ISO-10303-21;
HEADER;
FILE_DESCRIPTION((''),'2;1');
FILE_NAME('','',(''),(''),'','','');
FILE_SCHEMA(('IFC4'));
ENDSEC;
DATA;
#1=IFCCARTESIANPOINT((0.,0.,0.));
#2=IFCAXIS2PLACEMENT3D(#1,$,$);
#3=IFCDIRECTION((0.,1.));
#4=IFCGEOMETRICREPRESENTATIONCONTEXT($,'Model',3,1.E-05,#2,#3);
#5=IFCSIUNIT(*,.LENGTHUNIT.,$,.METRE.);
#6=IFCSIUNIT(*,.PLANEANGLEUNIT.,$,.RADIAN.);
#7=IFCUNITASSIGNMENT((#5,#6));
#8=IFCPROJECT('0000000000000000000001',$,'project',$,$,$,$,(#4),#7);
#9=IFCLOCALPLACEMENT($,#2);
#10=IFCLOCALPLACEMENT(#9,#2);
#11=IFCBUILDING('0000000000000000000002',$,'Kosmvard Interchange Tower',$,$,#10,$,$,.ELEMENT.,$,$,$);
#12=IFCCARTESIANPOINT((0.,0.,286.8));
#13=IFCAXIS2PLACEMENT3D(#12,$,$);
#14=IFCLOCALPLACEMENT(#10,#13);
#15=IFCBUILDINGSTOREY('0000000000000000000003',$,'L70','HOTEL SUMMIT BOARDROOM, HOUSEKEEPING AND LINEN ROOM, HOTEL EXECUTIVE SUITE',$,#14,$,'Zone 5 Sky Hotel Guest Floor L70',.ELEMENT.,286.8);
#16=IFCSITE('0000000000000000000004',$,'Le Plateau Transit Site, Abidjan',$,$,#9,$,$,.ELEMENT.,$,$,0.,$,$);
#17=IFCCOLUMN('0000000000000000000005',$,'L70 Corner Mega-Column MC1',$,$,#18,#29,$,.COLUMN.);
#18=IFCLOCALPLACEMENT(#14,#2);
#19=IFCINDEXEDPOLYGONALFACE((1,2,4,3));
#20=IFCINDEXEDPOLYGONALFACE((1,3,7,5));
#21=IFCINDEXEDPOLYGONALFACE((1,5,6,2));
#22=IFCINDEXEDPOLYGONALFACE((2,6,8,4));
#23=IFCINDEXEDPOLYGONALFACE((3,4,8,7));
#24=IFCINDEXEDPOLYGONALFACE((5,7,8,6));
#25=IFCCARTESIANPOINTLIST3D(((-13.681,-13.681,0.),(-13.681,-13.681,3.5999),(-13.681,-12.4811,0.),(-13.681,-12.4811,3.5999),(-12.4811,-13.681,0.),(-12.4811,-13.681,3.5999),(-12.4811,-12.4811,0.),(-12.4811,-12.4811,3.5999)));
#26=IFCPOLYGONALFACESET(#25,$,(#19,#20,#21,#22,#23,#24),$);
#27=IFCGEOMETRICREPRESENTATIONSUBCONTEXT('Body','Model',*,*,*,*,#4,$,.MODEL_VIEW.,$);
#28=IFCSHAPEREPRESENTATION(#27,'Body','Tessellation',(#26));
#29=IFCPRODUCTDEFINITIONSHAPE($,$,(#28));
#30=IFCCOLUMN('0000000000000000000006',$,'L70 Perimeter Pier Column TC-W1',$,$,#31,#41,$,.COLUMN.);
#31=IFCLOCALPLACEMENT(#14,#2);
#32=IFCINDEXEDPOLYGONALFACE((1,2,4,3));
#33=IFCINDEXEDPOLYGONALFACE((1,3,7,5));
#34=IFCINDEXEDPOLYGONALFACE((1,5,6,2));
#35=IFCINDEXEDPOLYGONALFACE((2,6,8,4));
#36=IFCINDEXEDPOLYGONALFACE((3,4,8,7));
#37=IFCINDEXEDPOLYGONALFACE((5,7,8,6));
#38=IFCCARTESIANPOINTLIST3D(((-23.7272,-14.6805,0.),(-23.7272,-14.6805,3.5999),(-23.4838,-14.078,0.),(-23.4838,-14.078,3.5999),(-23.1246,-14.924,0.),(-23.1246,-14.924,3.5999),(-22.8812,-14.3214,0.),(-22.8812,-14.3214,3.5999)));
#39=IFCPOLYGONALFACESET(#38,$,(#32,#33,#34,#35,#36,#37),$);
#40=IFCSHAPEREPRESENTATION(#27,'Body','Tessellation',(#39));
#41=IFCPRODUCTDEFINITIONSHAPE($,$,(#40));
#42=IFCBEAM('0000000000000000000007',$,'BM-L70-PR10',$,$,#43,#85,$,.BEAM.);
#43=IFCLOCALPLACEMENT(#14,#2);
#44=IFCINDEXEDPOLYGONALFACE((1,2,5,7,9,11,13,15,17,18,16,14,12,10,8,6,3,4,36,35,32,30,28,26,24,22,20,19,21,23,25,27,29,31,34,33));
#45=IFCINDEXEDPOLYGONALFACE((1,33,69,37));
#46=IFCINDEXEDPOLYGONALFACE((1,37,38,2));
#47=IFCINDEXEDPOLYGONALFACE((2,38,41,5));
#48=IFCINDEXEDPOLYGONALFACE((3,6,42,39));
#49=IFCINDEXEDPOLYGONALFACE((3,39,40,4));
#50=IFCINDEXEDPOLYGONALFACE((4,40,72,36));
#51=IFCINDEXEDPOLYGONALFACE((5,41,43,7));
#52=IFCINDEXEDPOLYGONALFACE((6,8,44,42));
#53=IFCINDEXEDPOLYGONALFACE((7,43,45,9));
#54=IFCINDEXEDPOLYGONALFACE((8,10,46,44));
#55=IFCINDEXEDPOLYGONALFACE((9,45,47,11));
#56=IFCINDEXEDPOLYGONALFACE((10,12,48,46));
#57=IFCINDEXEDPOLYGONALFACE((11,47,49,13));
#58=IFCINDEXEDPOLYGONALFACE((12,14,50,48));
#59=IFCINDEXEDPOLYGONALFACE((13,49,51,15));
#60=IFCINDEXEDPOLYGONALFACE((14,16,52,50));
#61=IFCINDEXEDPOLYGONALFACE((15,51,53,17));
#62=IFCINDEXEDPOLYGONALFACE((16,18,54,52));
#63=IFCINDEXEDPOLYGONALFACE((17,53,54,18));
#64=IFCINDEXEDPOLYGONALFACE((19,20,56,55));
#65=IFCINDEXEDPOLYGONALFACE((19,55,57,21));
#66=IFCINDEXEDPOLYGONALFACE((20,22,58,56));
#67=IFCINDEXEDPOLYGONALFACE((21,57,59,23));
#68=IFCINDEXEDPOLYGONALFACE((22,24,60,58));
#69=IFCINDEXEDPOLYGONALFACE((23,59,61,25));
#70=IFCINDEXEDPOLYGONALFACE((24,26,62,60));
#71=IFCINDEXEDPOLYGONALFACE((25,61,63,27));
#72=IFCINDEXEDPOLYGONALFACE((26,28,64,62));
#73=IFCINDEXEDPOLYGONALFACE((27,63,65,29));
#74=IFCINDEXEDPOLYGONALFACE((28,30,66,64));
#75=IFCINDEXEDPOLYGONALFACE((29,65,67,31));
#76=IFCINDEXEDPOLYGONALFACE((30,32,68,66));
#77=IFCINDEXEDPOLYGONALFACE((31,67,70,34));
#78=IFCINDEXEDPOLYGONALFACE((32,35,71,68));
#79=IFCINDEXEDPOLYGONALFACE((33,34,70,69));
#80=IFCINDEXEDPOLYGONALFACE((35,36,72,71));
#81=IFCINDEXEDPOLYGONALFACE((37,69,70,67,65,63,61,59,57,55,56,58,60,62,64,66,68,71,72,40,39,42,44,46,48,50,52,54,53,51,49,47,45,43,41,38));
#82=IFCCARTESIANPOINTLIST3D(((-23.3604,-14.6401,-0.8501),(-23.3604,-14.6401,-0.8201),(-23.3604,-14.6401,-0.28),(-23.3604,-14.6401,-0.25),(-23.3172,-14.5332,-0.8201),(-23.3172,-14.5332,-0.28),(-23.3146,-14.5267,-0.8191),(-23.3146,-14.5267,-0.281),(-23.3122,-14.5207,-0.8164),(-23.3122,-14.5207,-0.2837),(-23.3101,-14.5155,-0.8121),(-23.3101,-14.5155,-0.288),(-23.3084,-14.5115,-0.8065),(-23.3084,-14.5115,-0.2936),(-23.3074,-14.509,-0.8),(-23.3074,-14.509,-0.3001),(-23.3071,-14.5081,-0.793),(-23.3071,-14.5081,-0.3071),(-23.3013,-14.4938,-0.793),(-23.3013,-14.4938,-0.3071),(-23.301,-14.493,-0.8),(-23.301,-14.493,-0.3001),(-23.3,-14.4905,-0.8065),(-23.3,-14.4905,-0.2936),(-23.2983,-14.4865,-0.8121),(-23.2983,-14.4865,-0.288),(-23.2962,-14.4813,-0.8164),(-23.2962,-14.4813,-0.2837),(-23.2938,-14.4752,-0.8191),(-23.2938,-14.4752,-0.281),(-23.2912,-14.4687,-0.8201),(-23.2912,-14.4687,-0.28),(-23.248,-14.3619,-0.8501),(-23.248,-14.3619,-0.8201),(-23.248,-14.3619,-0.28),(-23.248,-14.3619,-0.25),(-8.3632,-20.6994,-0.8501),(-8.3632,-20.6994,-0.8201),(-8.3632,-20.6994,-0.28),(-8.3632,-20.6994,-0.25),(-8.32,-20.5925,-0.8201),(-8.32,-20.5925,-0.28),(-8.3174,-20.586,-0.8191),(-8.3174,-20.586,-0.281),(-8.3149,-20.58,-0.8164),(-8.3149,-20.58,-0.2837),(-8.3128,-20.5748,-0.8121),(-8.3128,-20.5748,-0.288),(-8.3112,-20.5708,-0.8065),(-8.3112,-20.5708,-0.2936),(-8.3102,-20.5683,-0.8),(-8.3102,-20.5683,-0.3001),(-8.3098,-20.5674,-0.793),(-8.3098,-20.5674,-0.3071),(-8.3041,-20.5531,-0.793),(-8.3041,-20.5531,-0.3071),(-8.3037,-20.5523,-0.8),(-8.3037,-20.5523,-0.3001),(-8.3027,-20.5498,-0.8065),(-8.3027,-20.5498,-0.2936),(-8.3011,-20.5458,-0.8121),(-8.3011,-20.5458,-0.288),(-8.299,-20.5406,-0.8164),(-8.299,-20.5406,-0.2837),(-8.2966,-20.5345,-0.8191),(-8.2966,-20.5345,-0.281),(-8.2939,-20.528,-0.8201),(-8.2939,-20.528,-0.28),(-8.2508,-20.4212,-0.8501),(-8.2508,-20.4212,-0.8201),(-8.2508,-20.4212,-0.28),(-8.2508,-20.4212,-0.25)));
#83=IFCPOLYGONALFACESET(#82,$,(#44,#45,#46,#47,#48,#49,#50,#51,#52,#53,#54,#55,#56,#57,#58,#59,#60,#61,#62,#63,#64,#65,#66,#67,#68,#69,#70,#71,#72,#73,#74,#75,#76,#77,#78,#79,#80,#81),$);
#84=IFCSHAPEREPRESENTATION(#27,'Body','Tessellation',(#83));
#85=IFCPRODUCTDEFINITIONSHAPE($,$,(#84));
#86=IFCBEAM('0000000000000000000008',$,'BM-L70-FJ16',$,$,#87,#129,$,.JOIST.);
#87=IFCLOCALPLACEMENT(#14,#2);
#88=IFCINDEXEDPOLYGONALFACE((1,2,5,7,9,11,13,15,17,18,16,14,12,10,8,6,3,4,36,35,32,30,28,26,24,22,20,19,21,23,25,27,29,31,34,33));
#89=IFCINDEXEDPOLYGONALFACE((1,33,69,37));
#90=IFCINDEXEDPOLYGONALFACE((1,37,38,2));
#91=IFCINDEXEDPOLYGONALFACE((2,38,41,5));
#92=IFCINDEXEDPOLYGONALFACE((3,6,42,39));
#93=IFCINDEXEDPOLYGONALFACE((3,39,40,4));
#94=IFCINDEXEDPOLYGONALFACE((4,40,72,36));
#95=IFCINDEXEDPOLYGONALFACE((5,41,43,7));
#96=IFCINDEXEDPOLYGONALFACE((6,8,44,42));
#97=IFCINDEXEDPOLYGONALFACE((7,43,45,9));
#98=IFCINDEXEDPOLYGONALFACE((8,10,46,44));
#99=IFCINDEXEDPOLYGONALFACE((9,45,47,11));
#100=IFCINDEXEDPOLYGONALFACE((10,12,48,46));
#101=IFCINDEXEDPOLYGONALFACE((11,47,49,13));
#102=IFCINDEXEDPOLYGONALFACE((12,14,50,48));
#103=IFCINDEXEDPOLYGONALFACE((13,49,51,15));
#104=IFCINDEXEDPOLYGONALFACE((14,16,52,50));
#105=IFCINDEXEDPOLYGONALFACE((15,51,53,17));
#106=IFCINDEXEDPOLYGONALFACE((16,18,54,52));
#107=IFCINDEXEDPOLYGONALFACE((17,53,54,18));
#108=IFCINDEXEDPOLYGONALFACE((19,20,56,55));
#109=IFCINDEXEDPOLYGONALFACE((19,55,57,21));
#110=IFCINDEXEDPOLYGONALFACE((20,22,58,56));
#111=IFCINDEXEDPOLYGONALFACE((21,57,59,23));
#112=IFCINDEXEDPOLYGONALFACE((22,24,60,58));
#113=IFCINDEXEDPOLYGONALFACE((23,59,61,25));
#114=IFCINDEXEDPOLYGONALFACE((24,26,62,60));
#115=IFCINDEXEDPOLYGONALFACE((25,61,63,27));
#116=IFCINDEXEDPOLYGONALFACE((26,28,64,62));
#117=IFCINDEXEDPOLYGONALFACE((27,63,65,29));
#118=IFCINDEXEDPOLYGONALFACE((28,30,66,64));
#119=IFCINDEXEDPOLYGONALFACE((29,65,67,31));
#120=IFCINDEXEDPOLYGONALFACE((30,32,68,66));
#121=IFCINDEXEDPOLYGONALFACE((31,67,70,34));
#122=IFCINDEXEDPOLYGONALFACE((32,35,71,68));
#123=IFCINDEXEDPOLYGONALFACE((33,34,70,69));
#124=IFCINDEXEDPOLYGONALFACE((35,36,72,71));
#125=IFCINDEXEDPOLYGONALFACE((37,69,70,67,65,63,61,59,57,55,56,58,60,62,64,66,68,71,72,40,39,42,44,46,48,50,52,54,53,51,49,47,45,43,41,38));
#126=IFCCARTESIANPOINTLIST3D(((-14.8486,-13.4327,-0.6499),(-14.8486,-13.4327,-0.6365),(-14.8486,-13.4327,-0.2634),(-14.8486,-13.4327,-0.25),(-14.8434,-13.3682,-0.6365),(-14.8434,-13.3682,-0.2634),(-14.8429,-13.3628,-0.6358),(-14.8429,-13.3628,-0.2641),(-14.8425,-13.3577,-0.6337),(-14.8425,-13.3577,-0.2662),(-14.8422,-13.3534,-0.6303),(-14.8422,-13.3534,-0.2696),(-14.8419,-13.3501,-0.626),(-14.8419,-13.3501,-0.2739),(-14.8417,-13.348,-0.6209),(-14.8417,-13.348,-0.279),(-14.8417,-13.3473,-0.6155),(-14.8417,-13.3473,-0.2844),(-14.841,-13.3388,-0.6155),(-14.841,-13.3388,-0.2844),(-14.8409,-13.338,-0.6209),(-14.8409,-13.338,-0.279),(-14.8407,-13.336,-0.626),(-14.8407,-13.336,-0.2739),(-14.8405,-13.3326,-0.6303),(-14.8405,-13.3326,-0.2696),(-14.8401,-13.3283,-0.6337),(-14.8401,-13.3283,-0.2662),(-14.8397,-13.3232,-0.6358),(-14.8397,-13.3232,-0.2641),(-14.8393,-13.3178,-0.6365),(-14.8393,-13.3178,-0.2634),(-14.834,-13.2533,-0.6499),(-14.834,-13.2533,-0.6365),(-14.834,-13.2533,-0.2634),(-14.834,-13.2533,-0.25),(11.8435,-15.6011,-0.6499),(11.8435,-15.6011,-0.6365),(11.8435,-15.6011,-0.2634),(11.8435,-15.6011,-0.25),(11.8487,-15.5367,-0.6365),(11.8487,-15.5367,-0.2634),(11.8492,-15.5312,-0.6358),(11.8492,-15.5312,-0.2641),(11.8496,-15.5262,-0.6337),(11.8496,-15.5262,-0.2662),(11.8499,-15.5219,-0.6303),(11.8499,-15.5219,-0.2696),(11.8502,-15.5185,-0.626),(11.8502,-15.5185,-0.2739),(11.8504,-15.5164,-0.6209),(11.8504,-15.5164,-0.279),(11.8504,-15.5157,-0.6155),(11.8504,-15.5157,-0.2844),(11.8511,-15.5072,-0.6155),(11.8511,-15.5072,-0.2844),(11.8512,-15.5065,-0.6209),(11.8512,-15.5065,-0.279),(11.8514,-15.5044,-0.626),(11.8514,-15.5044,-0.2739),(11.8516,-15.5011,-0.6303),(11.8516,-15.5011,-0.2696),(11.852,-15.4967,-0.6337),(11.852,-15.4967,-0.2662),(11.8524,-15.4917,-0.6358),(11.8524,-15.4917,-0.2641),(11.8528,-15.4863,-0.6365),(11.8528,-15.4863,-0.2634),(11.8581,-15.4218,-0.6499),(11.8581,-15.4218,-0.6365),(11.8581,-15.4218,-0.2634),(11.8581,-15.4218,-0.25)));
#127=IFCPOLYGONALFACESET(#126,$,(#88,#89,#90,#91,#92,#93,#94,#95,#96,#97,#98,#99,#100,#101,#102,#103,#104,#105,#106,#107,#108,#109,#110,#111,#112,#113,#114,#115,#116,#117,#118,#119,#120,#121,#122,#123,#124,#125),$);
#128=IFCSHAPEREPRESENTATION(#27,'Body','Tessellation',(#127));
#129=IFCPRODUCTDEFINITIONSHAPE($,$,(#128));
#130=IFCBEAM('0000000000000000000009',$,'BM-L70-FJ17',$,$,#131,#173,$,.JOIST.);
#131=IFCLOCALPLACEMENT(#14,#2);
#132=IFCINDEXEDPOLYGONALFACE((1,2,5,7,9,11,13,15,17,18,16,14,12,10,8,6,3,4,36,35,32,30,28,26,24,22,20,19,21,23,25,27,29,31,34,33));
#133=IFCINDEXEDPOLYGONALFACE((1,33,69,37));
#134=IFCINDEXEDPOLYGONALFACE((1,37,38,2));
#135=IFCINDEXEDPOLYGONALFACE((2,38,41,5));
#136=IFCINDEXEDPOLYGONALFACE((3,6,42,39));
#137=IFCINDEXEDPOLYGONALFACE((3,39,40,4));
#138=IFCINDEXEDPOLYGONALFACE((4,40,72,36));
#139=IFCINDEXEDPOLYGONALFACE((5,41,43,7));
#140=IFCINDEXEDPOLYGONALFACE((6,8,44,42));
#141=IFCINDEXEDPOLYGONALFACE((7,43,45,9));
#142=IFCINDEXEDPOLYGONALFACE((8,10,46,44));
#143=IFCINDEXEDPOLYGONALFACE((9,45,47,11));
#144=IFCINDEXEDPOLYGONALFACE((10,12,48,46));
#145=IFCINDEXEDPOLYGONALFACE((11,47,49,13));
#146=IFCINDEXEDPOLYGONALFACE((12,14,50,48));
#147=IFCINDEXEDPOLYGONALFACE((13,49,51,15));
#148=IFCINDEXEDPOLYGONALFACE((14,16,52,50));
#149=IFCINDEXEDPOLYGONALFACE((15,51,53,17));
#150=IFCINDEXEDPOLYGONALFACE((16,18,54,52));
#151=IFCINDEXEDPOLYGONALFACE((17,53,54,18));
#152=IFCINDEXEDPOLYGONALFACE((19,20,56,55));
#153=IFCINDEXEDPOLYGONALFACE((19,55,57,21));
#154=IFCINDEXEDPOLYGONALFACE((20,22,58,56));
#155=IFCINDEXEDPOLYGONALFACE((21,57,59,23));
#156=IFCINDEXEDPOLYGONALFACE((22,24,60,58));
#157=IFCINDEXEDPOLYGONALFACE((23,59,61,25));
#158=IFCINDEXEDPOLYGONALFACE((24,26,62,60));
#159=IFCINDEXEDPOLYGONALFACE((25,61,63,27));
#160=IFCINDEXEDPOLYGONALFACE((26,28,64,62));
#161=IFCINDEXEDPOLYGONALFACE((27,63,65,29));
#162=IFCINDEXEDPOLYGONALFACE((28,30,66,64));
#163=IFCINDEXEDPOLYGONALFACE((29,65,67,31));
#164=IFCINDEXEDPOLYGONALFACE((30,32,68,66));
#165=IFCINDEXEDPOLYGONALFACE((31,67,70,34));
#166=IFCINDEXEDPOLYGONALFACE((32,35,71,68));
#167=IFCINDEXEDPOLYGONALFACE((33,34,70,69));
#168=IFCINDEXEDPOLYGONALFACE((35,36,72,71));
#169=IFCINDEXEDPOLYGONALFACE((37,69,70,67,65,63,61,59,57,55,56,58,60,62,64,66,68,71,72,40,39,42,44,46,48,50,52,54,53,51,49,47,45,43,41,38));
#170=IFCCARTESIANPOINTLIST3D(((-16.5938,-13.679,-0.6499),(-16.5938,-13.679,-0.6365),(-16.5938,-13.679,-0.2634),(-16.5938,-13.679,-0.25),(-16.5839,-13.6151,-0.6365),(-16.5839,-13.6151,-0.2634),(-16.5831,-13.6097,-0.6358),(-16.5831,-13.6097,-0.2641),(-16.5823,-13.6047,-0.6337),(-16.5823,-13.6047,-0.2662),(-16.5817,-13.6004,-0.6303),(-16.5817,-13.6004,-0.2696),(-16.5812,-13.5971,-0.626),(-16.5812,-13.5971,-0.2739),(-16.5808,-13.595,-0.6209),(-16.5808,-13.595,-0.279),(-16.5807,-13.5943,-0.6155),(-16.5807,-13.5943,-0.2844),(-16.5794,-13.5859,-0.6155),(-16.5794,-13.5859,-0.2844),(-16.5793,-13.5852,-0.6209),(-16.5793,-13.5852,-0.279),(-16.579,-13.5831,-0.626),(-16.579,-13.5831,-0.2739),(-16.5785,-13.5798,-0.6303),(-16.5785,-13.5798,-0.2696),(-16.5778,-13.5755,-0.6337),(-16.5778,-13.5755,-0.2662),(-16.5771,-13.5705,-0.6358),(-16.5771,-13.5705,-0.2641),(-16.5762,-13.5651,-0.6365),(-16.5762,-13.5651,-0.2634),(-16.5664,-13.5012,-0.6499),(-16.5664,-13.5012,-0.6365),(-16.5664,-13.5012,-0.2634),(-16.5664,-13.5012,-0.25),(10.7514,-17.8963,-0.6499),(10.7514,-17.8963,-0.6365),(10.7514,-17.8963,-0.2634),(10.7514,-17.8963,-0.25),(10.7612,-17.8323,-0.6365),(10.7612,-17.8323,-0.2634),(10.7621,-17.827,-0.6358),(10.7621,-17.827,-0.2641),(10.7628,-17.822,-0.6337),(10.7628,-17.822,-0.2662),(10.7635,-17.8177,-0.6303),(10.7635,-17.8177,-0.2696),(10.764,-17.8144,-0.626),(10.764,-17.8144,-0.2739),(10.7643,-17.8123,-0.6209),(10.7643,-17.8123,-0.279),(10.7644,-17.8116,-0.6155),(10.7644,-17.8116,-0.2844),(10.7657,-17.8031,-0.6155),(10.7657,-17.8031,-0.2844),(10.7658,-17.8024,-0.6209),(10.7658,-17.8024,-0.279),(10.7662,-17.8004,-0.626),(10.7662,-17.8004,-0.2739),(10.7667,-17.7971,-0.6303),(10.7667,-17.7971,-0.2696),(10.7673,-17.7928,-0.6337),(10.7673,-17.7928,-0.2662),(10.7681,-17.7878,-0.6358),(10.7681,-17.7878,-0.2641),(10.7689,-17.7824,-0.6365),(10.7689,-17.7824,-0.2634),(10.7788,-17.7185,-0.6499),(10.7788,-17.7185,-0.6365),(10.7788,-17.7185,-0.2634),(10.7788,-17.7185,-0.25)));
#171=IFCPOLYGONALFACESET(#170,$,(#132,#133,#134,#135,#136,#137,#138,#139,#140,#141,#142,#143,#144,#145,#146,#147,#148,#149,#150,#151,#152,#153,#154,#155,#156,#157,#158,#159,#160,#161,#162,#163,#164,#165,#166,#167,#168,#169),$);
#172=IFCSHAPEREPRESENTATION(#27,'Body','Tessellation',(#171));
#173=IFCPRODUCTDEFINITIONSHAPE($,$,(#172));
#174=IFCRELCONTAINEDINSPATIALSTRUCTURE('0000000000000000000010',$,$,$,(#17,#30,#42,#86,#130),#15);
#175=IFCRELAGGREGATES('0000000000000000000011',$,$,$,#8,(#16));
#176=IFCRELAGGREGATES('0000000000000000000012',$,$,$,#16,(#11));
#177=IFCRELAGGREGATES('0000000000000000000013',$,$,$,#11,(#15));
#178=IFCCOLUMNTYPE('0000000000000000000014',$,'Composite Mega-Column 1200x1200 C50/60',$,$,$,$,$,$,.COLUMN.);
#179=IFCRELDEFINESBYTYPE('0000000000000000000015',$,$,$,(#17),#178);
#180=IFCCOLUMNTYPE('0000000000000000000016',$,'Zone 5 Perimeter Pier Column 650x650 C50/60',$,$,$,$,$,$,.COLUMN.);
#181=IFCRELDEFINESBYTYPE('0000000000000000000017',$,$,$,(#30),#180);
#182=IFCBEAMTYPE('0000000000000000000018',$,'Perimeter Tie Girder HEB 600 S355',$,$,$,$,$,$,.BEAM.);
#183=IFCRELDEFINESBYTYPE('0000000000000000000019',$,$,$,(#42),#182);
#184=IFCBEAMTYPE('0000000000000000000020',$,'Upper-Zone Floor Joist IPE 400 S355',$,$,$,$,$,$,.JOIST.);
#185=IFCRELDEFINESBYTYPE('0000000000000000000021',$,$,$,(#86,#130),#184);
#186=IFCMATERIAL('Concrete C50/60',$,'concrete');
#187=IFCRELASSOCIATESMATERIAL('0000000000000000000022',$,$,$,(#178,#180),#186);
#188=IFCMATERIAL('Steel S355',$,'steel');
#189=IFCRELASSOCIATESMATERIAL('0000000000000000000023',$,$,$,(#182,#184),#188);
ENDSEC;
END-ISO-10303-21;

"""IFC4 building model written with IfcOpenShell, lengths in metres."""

from ifc_helpers import new_model, si_unit, direction, frame, origin, origin_2d, place, context, subcontext, project, spatial, rectangle, i_section, extrude, source, transform, mapped, material, material_profile, profile_set, type_object, element, save


model = new_model("IFC4")

# Units and contexts
model_context = context("Model", 3, precision=1e-05, world=origin(), true_north=direction((0.0, 1.0)))
body_context = subcontext(model_context, "Body", "Model", "MODEL_VIEW")
ifc_project = project(units=[si_unit("LENGTHUNIT", "METRE"), si_unit("PLANEANGLEUNIT", "RADIAN")], contexts=[model_context])

# Site, building, storey
site_placement = place(None, origin())
site = spatial("IfcSite", under=ifc_project, at=site_placement, Name="Le Plateau Transit Site, Abidjan", CompositionType="ELEMENT", RefElevation=0.0)
building_placement = place(site_placement, origin())
building = spatial("IfcBuilding", under=site, at=building_placement, Name="Kosmvard Interchange Tower", CompositionType="ELEMENT")
storey_placement = place(building_placement, frame((0.0, 0.0, 286.8)))
storey = spatial("IfcBuildingStorey", under=building, at=storey_placement, Name="L70", Description="HOTEL SUMMIT BOARDROOM, HOUSEKEEPING AND LINEN ROOM, HOTEL EXECUTIVE SUITE", LongName="Zone 5 Sky Hotel Guest Floor L70", CompositionType="ELEMENT", Elevation=286.8)

# Columns
ifc_material_1 = material(Name="Concrete C50/60", Category="concrete")
ifc_material_profile_1 = material_profile(ifc_material_1, rectangle(XDim=1.2, YDim=1.2, at=origin_2d()), Name="MC 1200x1200")
ifc_profile_set_1 = profile_set([ifc_material_profile_1], Name="Concrete C50/60")
column_type_1 = type_object("IfcColumnType", Name="Composite Mega-Column 1200x1200 C50/60", PredefinedType="COLUMN", material=ifc_profile_set_1)
shared_shape_1 = source(origin(), body_context, "Body", "SweptSolid", [
    extrude(rectangle(XDim=1.2, YDim=1.2, at=origin_2d()), origin(), (0.0, 0.0, 1.0), 3.5999),
])
column_1_placement = place(storey_placement, frame((-13.0811, -13.0811, 0.0), z_axis=(0.0, 0.0, 1.0), x_axis=(1.0, 0.0, 0.0)))
element("IfcColumn", 1, at=column_1_placement, inside=storey, type_object=column_type_1, Name="L70 Corner Mega-Column MC1", PredefinedType="COLUMN", context=body_context, shape_type="MappedRepresentation", body=[
    mapped(shared_shape_1, transform((0.0, 0.0, 0.0), scale=1.0)),
])
ifc_material_profile_2 = material_profile(ifc_material_1, rectangle(XDim=0.6499, YDim=0.6499, at=origin_2d()), Name="TC 650x650")
ifc_profile_set_2 = profile_set([ifc_material_profile_2], Name="Concrete C50/60")
column_type_2 = type_object("IfcColumnType", Name="Zone 5 Perimeter Pier Column 650x650 C50/60", PredefinedType="COLUMN", material=ifc_profile_set_2)
shared_shape_2 = source(origin(), body_context, "Body", "SweptSolid", [
    extrude(rectangle(XDim=0.6499, YDim=0.6499, at=origin_2d()), origin(), (0.0, 0.0, 1.0), 3.5999),
])
column_2_placement = place(storey_placement, frame((-23.3042, -14.501, 0.0), z_axis=(0.0, 0.0, 1.0), x_axis=(0.374607, 0.927184, 0.0)))
element("IfcColumn", 2, at=column_2_placement, inside=storey, type_object=column_type_2, Name="L70 Perimeter Pier Column TC-W1", PredefinedType="COLUMN", context=body_context, shape_type="MappedRepresentation", body=[
    mapped(shared_shape_2, transform((0.0, 0.0, 0.0), scale=1.0)),
])

# Beams
ifc_material_2 = material(Name="Steel S355", Category="steel")
ifc_material_profile_3 = material_profile(ifc_material_2, i_section(OverallWidth=0.3, OverallDepth=0.6001, WebThickness=0.0154, FlangeThickness=0.03, FilletRadius=0.0271, at=origin_2d()), Name="HEB 600")
ifc_profile_set_3 = profile_set([ifc_material_profile_3], Name="Steel S355")
beam_type_1 = type_object("IfcBeamType", Name="Perimeter Tie Girder HEB 600 S355", PredefinedType="BEAM", material=ifc_profile_set_3)
shared_shape_3 = source(origin(), body_context, "Body", "SweptSolid", [
    extrude(i_section(OverallWidth=0.3, OverallDepth=0.6001, WebThickness=0.0154, FlangeThickness=0.03, FilletRadius=0.0271, at=origin_2d()), origin(), (0.0, 0.0, 1.0), 16.175),
])
beam_1_placement = place(storey_placement, frame((-23.3042, -14.501, -0.55), z_axis=(0.927183, -0.374608, 0.0), x_axis=(0.374608, 0.927183, 0.0)))
element("IfcBeam", 3, at=beam_1_placement, inside=storey, type_object=beam_type_1, Name="BM-L70-PR10", PredefinedType="BEAM", context=body_context, shape_type="MappedRepresentation", body=[
    mapped(shared_shape_3, transform((0.0, 0.0, 0.0), scale=1.0)),
])
ifc_material_profile_4 = material_profile(ifc_material_2, i_section(OverallWidth=0.1799, OverallDepth=0.3999, WebThickness=0.0085, FlangeThickness=0.0134, FilletRadius=0.021, at=origin_2d()), Name="IPE 400")
ifc_profile_set_4 = profile_set([ifc_material_profile_4], Name="Steel S355")
beam_type_2 = type_object("IfcBeamType", Name="Upper-Zone Floor Joist IPE 400 S355", PredefinedType="JOIST", material=ifc_profile_set_4)
shared_shape_4 = source(origin(), body_context, "Body", "SweptSolid", [
    extrude(i_section(OverallWidth=0.1799, OverallDepth=0.3999, WebThickness=0.0085, FlangeThickness=0.0134, FilletRadius=0.021, at=origin_2d()), origin(), (0.0, 0.0, 1.0), 26.78),
])
beam_2_placement = place(storey_placement, frame((-14.8413, -13.343, -0.45), z_axis=(0.996716, -0.080973, 0.0), x_axis=(0.080973, 0.996716, 0.0)))
element("IfcBeam", 4, at=beam_2_placement, inside=storey, type_object=beam_type_2, Name="BM-L70-FJ16", PredefinedType="JOIST", context=body_context, shape_type="MappedRepresentation", body=[
    mapped(shared_shape_4, transform((0.0, 0.0, 0.0), scale=1.0)),
])
shared_shape_5 = source(origin(), body_context, "Body", "SweptSolid", [
    extrude(i_section(OverallWidth=0.1799, OverallDepth=0.3999, WebThickness=0.0085, FlangeThickness=0.0134, FilletRadius=0.021, at=origin_2d()), origin(), (0.0, 0.0, 1.0), 27.6685),
])
beam_3_placement = place(storey_placement, frame((-16.5801, -13.5901, -0.45), z_axis=(0.988316, -0.152422, 0.0), x_axis=(0.152422, 0.988316, 0.0)))
element("IfcBeam", 5, at=beam_3_placement, inside=storey, type_object=beam_type_2, Name="BM-L70-FJ17", PredefinedType="JOIST", context=body_context, shape_type="MappedRepresentation", body=[
    mapped(shared_shape_5, transform((0.0, 0.0, 0.0), scale=1.0)),
])

save(model, "model.ifc")
